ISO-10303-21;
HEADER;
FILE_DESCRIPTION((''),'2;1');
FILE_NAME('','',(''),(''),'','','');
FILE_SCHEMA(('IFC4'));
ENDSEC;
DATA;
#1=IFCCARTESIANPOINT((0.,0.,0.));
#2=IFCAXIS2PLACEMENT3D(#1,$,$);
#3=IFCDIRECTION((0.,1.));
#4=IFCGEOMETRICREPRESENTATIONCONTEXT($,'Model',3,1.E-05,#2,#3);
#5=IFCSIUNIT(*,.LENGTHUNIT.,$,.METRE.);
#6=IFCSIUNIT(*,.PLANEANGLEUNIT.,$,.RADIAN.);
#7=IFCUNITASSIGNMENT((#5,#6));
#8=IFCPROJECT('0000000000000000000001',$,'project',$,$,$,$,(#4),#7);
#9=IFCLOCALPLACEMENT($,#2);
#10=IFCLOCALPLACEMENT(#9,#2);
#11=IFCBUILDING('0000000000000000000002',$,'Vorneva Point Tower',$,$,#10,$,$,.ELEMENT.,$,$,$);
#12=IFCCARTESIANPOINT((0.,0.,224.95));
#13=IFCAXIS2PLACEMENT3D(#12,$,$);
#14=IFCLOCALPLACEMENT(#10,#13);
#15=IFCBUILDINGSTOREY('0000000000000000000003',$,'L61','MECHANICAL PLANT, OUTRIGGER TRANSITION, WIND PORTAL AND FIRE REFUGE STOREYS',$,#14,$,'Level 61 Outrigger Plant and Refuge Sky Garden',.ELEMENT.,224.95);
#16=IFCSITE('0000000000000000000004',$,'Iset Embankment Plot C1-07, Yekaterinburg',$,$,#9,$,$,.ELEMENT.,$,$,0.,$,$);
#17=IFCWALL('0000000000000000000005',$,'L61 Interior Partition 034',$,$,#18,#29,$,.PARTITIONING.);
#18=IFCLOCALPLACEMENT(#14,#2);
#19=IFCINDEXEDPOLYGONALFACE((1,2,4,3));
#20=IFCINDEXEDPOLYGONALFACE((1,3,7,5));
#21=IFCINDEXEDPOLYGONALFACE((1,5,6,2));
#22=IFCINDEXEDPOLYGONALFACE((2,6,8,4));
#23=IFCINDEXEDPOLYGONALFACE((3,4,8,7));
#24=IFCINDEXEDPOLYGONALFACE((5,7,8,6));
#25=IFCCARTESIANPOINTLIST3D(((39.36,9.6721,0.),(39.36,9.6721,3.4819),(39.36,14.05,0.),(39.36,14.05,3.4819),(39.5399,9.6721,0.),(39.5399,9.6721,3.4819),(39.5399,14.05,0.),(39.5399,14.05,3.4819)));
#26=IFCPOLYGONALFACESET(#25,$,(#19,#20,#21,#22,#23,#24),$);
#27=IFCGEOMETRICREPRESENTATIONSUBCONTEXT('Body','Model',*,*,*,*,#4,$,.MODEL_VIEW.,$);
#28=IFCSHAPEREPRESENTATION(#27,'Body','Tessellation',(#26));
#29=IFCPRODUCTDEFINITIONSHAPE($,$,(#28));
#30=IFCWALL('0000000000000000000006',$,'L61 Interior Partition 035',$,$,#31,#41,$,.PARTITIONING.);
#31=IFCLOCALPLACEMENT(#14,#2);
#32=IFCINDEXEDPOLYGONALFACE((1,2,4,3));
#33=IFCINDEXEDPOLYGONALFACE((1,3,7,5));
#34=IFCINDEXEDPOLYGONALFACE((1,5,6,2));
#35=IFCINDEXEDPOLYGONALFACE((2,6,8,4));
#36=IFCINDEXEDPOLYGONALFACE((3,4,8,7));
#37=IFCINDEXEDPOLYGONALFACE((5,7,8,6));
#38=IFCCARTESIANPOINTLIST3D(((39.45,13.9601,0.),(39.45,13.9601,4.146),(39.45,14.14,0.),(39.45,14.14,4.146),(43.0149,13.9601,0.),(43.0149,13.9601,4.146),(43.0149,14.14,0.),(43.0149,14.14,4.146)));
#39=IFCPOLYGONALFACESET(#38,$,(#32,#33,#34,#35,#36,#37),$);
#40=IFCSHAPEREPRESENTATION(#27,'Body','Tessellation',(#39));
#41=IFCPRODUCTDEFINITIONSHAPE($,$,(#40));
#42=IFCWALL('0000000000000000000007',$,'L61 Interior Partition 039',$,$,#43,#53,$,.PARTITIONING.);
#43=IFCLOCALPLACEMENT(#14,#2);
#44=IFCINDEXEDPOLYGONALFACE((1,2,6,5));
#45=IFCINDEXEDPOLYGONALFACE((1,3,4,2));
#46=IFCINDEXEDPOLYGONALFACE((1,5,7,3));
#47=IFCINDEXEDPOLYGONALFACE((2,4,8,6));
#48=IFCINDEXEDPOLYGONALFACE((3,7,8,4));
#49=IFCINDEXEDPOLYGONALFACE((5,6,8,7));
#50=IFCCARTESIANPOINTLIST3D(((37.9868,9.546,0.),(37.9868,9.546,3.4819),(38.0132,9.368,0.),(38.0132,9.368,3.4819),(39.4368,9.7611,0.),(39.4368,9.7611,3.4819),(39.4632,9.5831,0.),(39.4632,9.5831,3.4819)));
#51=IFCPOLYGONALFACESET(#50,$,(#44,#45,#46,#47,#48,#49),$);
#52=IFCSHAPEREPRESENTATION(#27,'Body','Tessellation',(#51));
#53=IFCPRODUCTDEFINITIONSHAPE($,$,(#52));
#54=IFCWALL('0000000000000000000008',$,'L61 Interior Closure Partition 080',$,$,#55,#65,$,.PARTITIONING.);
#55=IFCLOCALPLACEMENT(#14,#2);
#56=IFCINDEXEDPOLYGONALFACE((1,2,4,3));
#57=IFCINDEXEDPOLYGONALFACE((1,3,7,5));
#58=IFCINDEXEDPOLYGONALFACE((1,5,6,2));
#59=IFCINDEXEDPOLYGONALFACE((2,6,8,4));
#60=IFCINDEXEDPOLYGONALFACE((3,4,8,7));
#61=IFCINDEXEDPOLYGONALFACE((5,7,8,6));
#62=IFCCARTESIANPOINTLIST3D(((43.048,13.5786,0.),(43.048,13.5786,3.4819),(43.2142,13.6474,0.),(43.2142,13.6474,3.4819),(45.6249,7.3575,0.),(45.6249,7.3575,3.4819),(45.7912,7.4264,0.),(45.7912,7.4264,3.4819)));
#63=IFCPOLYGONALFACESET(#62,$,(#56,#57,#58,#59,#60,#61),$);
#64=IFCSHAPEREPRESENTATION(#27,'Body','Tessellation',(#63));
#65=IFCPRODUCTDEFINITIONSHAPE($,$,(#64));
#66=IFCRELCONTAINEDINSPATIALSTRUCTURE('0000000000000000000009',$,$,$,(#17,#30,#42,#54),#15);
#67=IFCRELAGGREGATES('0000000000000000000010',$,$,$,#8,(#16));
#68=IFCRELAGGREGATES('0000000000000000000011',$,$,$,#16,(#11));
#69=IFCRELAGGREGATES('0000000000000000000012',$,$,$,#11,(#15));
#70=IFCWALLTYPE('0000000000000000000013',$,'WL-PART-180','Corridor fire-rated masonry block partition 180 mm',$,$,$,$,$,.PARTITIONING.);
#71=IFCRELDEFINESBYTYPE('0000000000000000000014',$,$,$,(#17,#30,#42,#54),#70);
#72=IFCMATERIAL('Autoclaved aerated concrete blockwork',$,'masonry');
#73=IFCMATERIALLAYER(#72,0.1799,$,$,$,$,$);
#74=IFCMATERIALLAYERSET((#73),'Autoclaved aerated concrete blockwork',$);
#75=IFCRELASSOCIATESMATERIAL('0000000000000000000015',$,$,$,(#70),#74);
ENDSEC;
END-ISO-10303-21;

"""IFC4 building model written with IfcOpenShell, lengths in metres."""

from ifc_helpers import new_model, si_unit, direction, frame, frame_2d, origin, place, context, subcontext, project, spatial, rectangle, extrude, material, layer, layer_set, type_object, element, save


model = new_model("IFC4")

# Units and contexts
model_context = context("Model", 3, precision=1e-05, world=origin(), true_north=direction((0.0, 1.0)))
body_context = subcontext(model_context, "Body", "Model", "MODEL_VIEW")
ifc_project = project(units=[si_unit("LENGTHUNIT", "METRE"), si_unit("PLANEANGLEUNIT", "RADIAN")], contexts=[model_context])

# Site, building, storey
site_placement = place(None, origin())
site = spatial("IfcSite", under=ifc_project, at=site_placement, Name="Iset Embankment Plot C1-07, Yekaterinburg", CompositionType="ELEMENT", RefElevation=0.0)
building_placement = place(site_placement, origin())
building = spatial("IfcBuilding", under=site, at=building_placement, Name="Vorneva Point Tower", CompositionType="ELEMENT")
storey_placement = place(building_placement, frame((0.0, 0.0, 224.95)))
storey = spatial("IfcBuildingStorey", under=building, at=storey_placement, Name="L61", Description="MECHANICAL PLANT, OUTRIGGER TRANSITION, WIND PORTAL AND FIRE REFUGE STOREYS", LongName="Level 61 Outrigger Plant and Refuge Sky Garden", CompositionType="ELEMENT", Elevation=224.95)

# Shared definitions
ifc_material_1 = material(Name="Autoclaved aerated concrete blockwork", Category="masonry")
ifc_layer_1 = layer(ifc_material_1, 0.1799)
ifc_layer_set_1 = layer_set([ifc_layer_1], Name="Autoclaved aerated concrete blockwork")
wall_type_1 = type_object("IfcWallType", Name="WL-PART-180", Description="Corridor fire-rated masonry block partition 180 mm", PredefinedType="PARTITIONING", material=ifc_layer_set_1)

# Walls
wall_1_placement = place(storey_placement, frame((39.45, 9.6721, 0.0), z_axis=(0.0, 0.0, 1.0), x_axis=(0.0, 1.0, 0.0)))
element("IfcWall", 1, at=wall_1_placement, inside=storey, type_object=wall_type_1, Name="L61 Interior Partition 034", PredefinedType="PARTITIONING", context=body_context, shape_type="SweptSolid", body=[
    extrude(rectangle(XDim=4.3779, YDim=0.1799, at=frame_2d((2.189, 0.0))), origin(), (0.0, 0.0, 1.0), 3.4819),
])
wall_2_placement = place(storey_placement, frame((39.45, 14.05, 0.0), z_axis=(0.0, 0.0, 1.0), x_axis=(1.0, 0.0, 0.0)))
element("IfcWall", 2, at=wall_2_placement, inside=storey, type_object=wall_type_1, Name="L61 Interior Partition 035", PredefinedType="PARTITIONING", context=body_context, shape_type="SweptSolid", body=[
    extrude(rectangle(XDim=3.5649, YDim=0.1799, at=frame_2d((1.7825, 0.0))), origin(), (0.0, 0.0, 1.0), 4.146),
])
wall_3_placement = place(storey_placement, frame((38.0, 9.457, 0.0), z_axis=(0.0, 0.0, 1.0), x_axis=(0.989176, 0.146736, 0.0)))
element("IfcWall", 3, at=wall_3_placement, inside=storey, type_object=wall_type_1, Name="L61 Interior Partition 039", PredefinedType="PARTITIONING", context=body_context, shape_type="SweptSolid", body=[
    extrude(rectangle(XDim=1.4658, YDim=0.1799, at=frame_2d((0.7329, 0.0))), origin(), (0.0, 0.0, 1.0), 3.4819),
])
wall_4_placement = place(storey_placement, frame((45.708, 7.3921, 0.0), z_axis=(0.0, 0.0, 1.0), x_axis=(-0.382697, 0.923874, 0.0)))
element("IfcWall", 4, at=wall_4_placement, inside=storey, type_object=wall_type_1, Name="L61 Interior Closure Partition 080", PredefinedType="PARTITIONING", context=body_context, shape_type="SweptSolid", body=[
    extrude(rectangle(XDim=6.7336, YDim=0.1799, at=frame_2d((3.3667, 0.0))), origin(), (0.0, 0.0, 1.0), 3.4819),
])

save(model, "model.ifc")
